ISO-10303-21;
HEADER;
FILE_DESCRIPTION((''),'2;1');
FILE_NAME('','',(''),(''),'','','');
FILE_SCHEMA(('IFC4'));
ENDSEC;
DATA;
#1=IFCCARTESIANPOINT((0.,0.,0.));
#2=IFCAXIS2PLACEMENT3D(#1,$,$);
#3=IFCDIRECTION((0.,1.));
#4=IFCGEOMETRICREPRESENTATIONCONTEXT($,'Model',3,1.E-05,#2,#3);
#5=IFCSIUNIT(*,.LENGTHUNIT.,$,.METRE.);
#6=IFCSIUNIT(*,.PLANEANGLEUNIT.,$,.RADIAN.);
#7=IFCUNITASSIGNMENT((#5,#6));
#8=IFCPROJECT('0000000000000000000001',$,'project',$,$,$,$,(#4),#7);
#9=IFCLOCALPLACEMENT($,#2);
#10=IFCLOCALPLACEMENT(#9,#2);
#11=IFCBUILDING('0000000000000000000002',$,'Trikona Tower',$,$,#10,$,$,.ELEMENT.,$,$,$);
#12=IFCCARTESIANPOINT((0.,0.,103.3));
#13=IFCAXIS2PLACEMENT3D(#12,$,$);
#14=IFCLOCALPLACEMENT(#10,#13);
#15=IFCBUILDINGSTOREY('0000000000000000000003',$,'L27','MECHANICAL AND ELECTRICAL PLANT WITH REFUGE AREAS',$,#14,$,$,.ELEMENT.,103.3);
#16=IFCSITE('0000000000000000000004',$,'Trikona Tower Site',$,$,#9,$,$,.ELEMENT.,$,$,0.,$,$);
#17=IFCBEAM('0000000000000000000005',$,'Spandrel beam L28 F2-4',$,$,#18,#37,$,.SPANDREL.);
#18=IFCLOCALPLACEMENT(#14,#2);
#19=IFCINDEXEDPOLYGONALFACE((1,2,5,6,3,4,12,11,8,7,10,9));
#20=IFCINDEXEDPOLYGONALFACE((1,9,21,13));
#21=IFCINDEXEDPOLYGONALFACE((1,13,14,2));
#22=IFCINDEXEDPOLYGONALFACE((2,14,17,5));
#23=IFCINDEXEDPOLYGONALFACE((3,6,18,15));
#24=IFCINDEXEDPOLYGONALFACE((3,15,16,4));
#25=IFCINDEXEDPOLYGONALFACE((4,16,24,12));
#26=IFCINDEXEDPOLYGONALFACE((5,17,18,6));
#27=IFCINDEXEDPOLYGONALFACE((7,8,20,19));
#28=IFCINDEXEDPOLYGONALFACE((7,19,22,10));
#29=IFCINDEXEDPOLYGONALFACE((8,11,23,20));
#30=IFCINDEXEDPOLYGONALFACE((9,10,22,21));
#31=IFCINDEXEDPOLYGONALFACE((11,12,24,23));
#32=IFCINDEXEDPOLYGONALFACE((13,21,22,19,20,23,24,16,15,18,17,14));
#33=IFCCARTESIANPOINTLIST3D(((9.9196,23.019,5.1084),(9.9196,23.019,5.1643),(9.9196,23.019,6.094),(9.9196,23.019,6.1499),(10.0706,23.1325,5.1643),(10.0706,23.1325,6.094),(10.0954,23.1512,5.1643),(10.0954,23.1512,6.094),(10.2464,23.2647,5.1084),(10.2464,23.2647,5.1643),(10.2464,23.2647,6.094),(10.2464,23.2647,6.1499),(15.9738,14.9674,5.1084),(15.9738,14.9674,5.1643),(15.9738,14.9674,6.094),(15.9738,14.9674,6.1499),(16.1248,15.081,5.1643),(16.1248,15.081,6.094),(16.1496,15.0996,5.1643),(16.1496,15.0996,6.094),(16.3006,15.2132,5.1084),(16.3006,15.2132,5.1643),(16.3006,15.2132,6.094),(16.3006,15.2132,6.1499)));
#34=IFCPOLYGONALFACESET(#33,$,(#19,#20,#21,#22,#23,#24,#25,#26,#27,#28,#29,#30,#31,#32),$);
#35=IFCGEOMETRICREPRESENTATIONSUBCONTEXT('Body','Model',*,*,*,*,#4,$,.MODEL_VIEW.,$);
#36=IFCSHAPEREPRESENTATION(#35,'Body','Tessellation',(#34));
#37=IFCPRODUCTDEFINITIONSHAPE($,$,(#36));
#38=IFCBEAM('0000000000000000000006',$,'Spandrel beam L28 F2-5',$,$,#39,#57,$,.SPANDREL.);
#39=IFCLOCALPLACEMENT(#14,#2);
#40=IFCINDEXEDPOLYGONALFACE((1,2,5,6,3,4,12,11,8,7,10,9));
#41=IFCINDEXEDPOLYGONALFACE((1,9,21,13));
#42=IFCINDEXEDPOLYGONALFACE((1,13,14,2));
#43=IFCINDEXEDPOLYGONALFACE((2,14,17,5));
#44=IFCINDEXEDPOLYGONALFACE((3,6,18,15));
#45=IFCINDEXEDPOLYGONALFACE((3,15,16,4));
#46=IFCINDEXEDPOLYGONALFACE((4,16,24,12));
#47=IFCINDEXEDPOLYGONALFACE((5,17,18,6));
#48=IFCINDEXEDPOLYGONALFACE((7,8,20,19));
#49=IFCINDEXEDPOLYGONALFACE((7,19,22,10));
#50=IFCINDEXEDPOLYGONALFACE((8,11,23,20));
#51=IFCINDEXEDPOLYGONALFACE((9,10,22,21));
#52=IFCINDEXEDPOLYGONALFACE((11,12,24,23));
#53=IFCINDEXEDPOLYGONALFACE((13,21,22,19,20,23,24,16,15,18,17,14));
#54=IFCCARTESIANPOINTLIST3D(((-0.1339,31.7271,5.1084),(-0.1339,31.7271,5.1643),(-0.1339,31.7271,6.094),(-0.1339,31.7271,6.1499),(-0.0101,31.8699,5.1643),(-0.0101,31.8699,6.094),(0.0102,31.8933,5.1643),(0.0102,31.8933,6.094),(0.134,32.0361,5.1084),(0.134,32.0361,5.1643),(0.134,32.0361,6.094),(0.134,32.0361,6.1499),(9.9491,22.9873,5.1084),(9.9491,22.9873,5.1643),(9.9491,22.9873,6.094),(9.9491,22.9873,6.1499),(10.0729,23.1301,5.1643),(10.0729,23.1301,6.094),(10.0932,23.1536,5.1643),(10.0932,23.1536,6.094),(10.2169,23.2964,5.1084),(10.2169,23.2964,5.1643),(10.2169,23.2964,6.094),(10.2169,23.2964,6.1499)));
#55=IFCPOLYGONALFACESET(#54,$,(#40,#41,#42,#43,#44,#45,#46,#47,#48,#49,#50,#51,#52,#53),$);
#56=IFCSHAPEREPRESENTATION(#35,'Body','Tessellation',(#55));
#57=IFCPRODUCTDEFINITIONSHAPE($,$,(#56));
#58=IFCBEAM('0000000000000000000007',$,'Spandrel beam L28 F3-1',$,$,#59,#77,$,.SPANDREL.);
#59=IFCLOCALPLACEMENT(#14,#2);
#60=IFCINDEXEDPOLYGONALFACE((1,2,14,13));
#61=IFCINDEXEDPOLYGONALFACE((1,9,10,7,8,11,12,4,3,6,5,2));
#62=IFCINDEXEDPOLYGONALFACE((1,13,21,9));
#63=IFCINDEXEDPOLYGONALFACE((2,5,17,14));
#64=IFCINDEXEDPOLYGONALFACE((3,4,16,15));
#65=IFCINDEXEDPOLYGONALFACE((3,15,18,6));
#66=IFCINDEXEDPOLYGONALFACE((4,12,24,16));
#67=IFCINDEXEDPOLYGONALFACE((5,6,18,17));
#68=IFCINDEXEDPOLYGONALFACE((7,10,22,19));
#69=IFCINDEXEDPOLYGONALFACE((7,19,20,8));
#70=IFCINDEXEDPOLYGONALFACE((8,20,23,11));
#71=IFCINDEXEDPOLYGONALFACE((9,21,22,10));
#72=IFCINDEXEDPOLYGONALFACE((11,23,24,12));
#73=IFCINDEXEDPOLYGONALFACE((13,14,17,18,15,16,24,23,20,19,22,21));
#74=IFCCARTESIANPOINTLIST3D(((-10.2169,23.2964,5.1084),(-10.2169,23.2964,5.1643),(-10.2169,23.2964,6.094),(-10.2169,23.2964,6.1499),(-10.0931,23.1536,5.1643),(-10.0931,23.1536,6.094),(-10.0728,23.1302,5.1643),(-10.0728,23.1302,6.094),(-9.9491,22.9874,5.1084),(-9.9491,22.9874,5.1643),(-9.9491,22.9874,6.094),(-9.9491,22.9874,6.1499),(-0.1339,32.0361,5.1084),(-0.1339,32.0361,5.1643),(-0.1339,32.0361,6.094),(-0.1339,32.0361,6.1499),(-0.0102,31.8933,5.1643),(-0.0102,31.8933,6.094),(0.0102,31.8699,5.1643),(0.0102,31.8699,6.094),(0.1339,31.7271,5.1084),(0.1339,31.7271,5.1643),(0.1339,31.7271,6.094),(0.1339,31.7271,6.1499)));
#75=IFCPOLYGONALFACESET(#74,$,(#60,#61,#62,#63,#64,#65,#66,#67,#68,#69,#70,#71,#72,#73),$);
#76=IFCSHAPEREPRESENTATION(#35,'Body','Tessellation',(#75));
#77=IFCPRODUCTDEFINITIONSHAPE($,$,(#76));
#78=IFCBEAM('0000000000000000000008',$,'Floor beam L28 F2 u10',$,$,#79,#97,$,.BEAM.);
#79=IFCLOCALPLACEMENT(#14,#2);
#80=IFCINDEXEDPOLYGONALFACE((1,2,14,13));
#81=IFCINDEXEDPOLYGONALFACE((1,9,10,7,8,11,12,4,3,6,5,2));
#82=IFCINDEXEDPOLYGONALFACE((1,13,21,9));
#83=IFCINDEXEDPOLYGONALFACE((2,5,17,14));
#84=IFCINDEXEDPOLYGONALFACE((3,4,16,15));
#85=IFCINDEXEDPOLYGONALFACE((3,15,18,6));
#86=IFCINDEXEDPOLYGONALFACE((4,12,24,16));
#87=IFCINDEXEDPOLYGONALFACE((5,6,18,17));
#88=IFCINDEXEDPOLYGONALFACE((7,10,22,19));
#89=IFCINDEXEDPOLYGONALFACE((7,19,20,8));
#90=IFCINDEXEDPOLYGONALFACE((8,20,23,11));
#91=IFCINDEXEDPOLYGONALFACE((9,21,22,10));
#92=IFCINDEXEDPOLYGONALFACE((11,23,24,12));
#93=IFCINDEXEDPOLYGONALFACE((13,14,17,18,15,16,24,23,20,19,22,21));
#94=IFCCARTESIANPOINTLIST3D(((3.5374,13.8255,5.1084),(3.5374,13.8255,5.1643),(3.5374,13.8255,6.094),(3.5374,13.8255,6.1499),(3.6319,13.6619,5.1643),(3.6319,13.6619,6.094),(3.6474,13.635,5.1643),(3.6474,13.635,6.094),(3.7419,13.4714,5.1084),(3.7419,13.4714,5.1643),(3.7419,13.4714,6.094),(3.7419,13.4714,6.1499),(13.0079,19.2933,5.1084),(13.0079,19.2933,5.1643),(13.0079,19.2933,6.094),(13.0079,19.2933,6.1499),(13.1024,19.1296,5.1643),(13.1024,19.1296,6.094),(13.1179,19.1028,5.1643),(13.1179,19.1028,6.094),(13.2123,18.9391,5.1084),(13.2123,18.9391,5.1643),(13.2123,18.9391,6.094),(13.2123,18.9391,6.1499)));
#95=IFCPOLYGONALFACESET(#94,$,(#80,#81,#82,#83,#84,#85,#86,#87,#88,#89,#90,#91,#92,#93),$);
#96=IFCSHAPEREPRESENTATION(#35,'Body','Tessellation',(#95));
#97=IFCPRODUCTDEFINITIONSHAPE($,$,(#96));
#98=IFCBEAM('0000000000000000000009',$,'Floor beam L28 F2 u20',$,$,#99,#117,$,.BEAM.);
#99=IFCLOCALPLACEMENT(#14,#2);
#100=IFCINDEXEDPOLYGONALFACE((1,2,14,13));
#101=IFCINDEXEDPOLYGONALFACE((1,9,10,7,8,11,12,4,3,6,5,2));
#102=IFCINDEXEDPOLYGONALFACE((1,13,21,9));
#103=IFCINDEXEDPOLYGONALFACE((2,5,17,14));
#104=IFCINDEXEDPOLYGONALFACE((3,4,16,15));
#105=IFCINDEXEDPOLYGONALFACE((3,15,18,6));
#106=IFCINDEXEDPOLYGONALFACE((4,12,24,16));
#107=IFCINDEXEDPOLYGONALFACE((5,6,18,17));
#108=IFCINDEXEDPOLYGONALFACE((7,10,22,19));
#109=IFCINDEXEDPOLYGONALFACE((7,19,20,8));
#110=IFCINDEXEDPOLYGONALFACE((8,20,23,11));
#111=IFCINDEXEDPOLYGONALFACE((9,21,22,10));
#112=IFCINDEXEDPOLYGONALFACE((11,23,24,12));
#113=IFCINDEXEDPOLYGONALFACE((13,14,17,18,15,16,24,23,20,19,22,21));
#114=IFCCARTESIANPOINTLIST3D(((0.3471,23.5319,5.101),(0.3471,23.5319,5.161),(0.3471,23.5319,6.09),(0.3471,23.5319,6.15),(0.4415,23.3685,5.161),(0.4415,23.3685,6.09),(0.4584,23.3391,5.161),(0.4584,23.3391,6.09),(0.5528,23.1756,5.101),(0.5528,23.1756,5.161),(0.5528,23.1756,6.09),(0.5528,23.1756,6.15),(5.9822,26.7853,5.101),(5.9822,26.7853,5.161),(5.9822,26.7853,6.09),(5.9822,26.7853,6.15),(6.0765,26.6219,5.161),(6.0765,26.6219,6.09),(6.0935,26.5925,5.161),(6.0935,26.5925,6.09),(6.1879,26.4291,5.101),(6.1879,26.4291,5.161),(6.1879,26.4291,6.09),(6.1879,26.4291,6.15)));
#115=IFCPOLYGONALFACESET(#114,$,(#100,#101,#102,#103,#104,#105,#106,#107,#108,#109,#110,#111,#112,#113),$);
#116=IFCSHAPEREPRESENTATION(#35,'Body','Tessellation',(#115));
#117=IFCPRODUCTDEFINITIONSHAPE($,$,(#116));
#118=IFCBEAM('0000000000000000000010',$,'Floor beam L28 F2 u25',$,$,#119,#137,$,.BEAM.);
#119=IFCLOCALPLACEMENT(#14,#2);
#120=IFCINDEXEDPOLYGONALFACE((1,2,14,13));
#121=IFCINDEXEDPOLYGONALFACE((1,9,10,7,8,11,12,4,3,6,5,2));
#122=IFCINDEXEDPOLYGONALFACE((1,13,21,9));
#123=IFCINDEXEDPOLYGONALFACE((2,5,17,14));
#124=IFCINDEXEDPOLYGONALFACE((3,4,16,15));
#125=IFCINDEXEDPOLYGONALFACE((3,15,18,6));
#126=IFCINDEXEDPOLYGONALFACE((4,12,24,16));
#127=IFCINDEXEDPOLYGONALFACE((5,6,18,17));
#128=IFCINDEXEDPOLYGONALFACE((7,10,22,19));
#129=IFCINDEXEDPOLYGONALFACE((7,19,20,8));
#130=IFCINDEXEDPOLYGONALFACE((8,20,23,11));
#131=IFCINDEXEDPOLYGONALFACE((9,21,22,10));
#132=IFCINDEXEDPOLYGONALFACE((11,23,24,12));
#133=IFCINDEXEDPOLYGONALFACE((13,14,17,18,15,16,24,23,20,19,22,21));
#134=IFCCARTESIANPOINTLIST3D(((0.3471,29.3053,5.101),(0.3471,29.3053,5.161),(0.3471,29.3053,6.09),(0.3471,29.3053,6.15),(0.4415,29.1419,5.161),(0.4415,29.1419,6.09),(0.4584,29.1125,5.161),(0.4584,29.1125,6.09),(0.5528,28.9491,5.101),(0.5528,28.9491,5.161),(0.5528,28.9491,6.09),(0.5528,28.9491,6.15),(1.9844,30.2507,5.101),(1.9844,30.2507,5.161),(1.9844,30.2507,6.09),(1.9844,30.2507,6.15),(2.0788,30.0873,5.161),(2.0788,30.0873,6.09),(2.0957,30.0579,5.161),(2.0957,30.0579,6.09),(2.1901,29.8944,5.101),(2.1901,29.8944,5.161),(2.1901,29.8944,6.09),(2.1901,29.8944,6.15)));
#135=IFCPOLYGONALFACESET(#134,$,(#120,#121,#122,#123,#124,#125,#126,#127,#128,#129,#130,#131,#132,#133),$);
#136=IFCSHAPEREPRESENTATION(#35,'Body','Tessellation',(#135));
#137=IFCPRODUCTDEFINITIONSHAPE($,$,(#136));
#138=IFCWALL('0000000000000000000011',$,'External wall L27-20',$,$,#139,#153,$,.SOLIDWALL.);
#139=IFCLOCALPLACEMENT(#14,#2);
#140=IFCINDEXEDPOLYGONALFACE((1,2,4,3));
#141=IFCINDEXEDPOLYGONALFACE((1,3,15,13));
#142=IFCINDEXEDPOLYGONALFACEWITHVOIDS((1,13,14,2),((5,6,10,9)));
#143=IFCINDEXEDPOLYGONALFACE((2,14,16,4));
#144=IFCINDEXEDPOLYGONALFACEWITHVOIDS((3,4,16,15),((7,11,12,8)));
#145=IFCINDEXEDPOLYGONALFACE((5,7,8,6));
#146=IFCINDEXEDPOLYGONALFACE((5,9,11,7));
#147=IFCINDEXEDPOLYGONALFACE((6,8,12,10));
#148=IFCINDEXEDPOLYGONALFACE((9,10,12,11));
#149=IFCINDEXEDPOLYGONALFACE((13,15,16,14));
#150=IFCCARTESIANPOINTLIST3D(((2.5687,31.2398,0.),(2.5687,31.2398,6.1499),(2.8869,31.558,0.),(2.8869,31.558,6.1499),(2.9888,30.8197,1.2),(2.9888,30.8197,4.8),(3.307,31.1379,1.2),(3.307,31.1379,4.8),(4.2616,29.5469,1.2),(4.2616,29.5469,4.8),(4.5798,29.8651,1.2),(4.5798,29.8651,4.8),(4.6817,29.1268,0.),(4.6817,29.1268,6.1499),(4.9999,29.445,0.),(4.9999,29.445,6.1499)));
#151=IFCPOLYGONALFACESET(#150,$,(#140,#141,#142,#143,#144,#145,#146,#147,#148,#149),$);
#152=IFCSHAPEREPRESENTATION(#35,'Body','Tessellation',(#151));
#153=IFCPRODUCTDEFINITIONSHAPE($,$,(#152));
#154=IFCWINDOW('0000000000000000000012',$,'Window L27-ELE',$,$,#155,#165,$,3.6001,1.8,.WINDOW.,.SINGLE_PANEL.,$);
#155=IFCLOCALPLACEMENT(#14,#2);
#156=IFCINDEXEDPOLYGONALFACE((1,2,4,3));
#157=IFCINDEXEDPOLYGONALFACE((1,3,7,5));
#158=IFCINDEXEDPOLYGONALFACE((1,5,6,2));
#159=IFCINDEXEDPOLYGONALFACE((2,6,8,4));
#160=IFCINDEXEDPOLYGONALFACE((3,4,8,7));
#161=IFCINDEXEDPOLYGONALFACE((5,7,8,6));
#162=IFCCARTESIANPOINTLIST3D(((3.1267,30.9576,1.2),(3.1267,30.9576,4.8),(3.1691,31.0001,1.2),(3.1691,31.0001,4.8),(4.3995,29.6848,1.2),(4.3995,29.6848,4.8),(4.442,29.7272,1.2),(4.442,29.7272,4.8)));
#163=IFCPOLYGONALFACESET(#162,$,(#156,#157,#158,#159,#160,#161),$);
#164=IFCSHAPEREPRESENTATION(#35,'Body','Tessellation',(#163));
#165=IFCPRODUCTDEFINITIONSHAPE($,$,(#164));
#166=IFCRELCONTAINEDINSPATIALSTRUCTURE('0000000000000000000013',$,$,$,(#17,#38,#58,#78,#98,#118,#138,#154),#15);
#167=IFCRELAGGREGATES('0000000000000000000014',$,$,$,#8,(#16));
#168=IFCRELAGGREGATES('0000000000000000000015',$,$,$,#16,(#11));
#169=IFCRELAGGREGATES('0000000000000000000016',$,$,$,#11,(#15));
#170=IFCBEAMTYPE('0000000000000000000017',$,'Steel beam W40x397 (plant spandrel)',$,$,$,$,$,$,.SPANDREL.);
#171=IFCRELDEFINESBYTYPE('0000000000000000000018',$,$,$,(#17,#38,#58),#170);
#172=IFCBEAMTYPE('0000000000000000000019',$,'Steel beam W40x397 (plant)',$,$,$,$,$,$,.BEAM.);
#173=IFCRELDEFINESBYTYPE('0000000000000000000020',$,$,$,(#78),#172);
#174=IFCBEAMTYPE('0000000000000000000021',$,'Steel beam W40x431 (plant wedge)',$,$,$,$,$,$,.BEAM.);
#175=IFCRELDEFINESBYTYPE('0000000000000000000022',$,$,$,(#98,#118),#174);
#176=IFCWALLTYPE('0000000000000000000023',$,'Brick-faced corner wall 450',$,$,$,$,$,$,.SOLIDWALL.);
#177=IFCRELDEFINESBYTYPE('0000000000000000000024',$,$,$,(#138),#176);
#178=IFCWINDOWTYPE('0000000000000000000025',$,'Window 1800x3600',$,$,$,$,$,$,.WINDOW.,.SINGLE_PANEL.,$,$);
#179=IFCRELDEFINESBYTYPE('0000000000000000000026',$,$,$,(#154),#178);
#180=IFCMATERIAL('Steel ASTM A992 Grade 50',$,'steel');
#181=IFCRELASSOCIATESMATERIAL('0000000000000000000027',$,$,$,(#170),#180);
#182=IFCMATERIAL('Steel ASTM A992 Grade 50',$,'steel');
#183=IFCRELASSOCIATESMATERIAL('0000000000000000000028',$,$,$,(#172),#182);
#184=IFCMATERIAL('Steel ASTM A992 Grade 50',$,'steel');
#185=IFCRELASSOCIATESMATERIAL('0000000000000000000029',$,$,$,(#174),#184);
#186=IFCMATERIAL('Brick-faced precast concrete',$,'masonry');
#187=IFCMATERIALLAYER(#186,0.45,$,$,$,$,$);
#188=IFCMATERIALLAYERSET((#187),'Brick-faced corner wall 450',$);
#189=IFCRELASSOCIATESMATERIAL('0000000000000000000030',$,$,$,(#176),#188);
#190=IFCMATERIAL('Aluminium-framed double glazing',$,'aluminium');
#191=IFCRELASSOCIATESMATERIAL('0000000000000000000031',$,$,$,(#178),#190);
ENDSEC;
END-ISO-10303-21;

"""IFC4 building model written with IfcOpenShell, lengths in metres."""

from ifc_helpers import new_model, si_unit, direction, frame, frame_2d, origin, origin_2d, place, context, subcontext, project, spatial, rectangle, i_section, extrude, material, layer, layer_set, material_profile, profile_set, type_object, element, fill, save


model = new_model("IFC4")

# Units and contexts
model_context = context("Model", 3, precision=1e-05, world=origin(), true_north=direction((0.0, 1.0)))
body_context = subcontext(model_context, "Body", "Model", "MODEL_VIEW")
ifc_project = project(units=[si_unit("LENGTHUNIT", "METRE"), si_unit("PLANEANGLEUNIT", "RADIAN")], contexts=[model_context])

# Site, building, storey
site_placement = place(None, origin())
site = spatial("IfcSite", under=ifc_project, at=site_placement, Name="Trikona Tower Site", CompositionType="ELEMENT", RefElevation=0.0)
building_placement = place(site_placement, origin())
building = spatial("IfcBuilding", under=site, at=building_placement, Name="Trikona Tower", CompositionType="ELEMENT")
storey_placement = place(building_placement, frame((0.0, 0.0, 103.3)))
storey = spatial("IfcBuildingStorey", under=building, at=storey_placement, Name="L27", Description="MECHANICAL AND ELECTRICAL PLANT WITH REFUGE AREAS", CompositionType="ELEMENT", Elevation=103.3)

# Beams
ifc_material_1 = material(Name="Steel ASTM A992 Grade 50", Category="steel")
ifc_material_profile_1 = material_profile(ifc_material_1, i_section(OverallWidth=0.4089, OverallDepth=1.0415, WebThickness=0.031, FlangeThickness=0.0559, at=origin_2d()), Name="W40X397")
ifc_profile_set_1 = profile_set([ifc_material_profile_1], Name="Steel ASTM A992 Grade 50")
beam_type_1 = type_object("IfcBeamType", Name="Steel beam W40x397 (plant spandrel)", PredefinedType="SPANDREL", material=ifc_profile_set_1)
beam_1_placement = place(storey_placement, frame((16.1372, 15.0903, 5.6292), z_axis=(-0.600988, 0.799258, 0.0), x_axis=(-0.799258, -0.600988, 0.0)))
element("IfcBeam", 1, at=beam_1_placement, inside=storey, type_object=beam_type_1, Name="Spandrel beam L28 F2-4", PredefinedType="SPANDREL", context=body_context, shape_type="SweptSolid", body=[
    extrude(i_section(OverallWidth=0.4089, OverallDepth=1.0415, WebThickness=0.031, FlangeThickness=0.0559, at=origin_2d()), origin(), (0.0, 0.0, 1.0), 10.0737),
])
for number, where, z_axis, x_axis, name in (
    (2, (10.083, 23.1418, 5.6292), (-0.755647, 0.654979, 0.0), (-0.654979, -0.755647, 0.0), "Spandrel beam L28 F2-5"),
    (3, (0.0, 31.8816, 5.6292), (-0.755647, -0.654979, 0.0), (0.654979, -0.755647, 0.0), "Spandrel beam L28 F3-1"),
):
    element("IfcBeam", number, at=place(storey_placement, frame(where, z_axis=z_axis, x_axis=x_axis)), inside=storey, type_object=beam_type_1, Name=name, PredefinedType="SPANDREL", context=body_context, shape_type="SweptSolid", body=[
        extrude(i_section(OverallWidth=0.4089, OverallDepth=1.0415, WebThickness=0.031, FlangeThickness=0.0559, at=origin_2d()), origin(), (0.0, 0.0, 1.0), 13.3435),
    ])
ifc_material_2 = material(Name="Steel ASTM A992 Grade 50", Category="steel")
ifc_material_profile_2 = material_profile(ifc_material_2, i_section(OverallWidth=0.4089, OverallDepth=1.0415, WebThickness=0.031, FlangeThickness=0.0559, at=origin_2d()), Name="W40X397")
ifc_profile_set_2 = profile_set([ifc_material_profile_2], Name="Steel ASTM A992 Grade 50")
beam_type_2 = type_object("IfcBeamType", Name="Steel beam W40x397 (plant)", PredefinedType="BEAM", material=ifc_profile_set_2)
beam_2_placement = place(storey_placement, frame((3.6396, 13.6484, 5.6292), z_axis=(0.866025, 0.5, 0.0), x_axis=(-0.5, 0.866025, 0.0)))
element("IfcBeam", 4, at=beam_2_placement, inside=storey, type_object=beam_type_2, Name="Floor beam L28 F2 u10", PredefinedType="BEAM", context=body_context, shape_type="SweptSolid", body=[
    extrude(i_section(OverallWidth=0.4089, OverallDepth=1.0415, WebThickness=0.031, FlangeThickness=0.0559, at=origin_2d()), origin(), (0.0, 0.0, 1.0), 10.9355),
])
ifc_material_3 = material(Name="Steel ASTM A992 Grade 50", Category="steel")
ifc_material_profile_3 = material_profile(ifc_material_3, i_section(OverallWidth=0.4114, OverallDepth=1.0491, WebThickness=0.0339, FlangeThickness=0.0601, at=origin_2d()), Name="W40X431")
ifc_profile_set_3 = profile_set([ifc_material_profile_3], Name="Steel ASTM A992 Grade 50")
beam_type_3 = type_object("IfcBeamType", Name="Steel beam W40x431 (plant wedge)", PredefinedType="BEAM", material=ifc_profile_set_3)
beam_3_placement = place(storey_placement, frame((0.45, 23.3538, 5.6255), z_axis=(0.866023, 0.500005, 0.0), x_axis=(-0.500005, 0.866023, 0.0)))
element("IfcBeam", 5, at=beam_3_placement, inside=storey, type_object=beam_type_3, Name="Floor beam L28 F2 u20", PredefinedType="BEAM", context=body_context, shape_type="SweptSolid", body=[
    extrude(i_section(OverallWidth=0.4114, OverallDepth=1.0491, WebThickness=0.0339, FlangeThickness=0.0601, at=origin_2d()), origin(), (0.0, 0.0, 1.0), 6.5068),
])
beam_4_placement = place(storey_placement, frame((0.45, 29.1272, 5.6255), z_axis=(0.866009, 0.500028, 0.0), x_axis=(-0.500028, 0.866009, 0.0)))
element("IfcBeam", 6, at=beam_4_placement, inside=storey, type_object=beam_type_3, Name="Floor beam L28 F2 u25", PredefinedType="BEAM", context=body_context, shape_type="SweptSolid", body=[
    extrude(i_section(OverallWidth=0.4114, OverallDepth=1.0491, WebThickness=0.0339, FlangeThickness=0.0601, at=origin_2d()), origin(), (0.0, 0.0, 1.0), 1.8906),
])

# Wall, opening, window
ifc_material_4 = material(Name="Brick-faced precast concrete", Category="masonry")
ifc_layer_1 = layer(ifc_material_4, 0.45)
ifc_layer_set_1 = layer_set([ifc_layer_1], Name="Brick-faced corner wall 450")
wall_type_1 = type_object("IfcWallType", Name="Brick-faced corner wall 450", PredefinedType="SOLIDWALL", material=ifc_layer_set_1)
wall_1_placement = place(storey_placement, frame((4.8408, 29.2859, 0.0), z_axis=(0.0, 0.0, 1.0), x_axis=(-0.707107, 0.707107, 0.0)))
wall_1 = element("IfcWall", 7, at=wall_1_placement, inside=storey, type_object=wall_type_1, Name="External wall L27-20", PredefinedType="SOLIDWALL", context=body_context, shape_type="SweptSolid", body=[
    extrude(rectangle(XDim=2.9883, YDim=0.45, at=frame_2d((1.4941, 0.0))), origin(), (0.0, 0.0, 1.0), 6.1499),
])
opening_1_placement = place(wall_1_placement, frame((0.5942, 0.0, 1.2)))
opening_1 = element("IfcOpeningElement", 8, at=opening_1_placement, cuts=wall_1, PredefinedType="OPENING", context=body_context, shape_type="SweptSolid", body=[
    extrude(rectangle(XDim=1.8, YDim=3.6001, at=frame_2d((0.8999, 1.8))), frame((0.0, 0.2349, 0.0), z_axis=(0.0, -1.0, 0.0), x_axis=(1.0, 0.0, 0.0)), (0.0, 0.0, 1.0), 0.47),
])
ifc_material_5 = material(Name="Aluminium-framed double glazing", Category="aluminium")
window_type_1 = type_object("IfcWindowType", Name="Window 1800x3600", PartitioningType="SINGLE_PANEL", PredefinedType="WINDOW", material=ifc_material_5)
window_1_placement = place(opening_1_placement, origin())
window_1 = element("IfcWindow", 9, at=window_1_placement, inside=storey, type_object=window_type_1, Name="Window L27-ELE", OverallHeight=3.6001, OverallWidth=1.8, PartitioningType="SINGLE_PANEL", PredefinedType="WINDOW", context=body_context, shape_type="SweptSolid", body=[
    extrude(rectangle(XDim=1.8, YDim=3.6001, at=frame_2d((0.8999, 1.8))), frame((0.0, 0.03, 0.0), z_axis=(0.0, -1.0, 0.0), x_axis=(1.0, 0.0, 0.0)), (0.0, 0.0, 1.0), 0.0601),
])
fill(opening_1, window_1)

save(model, "model.ifc")
